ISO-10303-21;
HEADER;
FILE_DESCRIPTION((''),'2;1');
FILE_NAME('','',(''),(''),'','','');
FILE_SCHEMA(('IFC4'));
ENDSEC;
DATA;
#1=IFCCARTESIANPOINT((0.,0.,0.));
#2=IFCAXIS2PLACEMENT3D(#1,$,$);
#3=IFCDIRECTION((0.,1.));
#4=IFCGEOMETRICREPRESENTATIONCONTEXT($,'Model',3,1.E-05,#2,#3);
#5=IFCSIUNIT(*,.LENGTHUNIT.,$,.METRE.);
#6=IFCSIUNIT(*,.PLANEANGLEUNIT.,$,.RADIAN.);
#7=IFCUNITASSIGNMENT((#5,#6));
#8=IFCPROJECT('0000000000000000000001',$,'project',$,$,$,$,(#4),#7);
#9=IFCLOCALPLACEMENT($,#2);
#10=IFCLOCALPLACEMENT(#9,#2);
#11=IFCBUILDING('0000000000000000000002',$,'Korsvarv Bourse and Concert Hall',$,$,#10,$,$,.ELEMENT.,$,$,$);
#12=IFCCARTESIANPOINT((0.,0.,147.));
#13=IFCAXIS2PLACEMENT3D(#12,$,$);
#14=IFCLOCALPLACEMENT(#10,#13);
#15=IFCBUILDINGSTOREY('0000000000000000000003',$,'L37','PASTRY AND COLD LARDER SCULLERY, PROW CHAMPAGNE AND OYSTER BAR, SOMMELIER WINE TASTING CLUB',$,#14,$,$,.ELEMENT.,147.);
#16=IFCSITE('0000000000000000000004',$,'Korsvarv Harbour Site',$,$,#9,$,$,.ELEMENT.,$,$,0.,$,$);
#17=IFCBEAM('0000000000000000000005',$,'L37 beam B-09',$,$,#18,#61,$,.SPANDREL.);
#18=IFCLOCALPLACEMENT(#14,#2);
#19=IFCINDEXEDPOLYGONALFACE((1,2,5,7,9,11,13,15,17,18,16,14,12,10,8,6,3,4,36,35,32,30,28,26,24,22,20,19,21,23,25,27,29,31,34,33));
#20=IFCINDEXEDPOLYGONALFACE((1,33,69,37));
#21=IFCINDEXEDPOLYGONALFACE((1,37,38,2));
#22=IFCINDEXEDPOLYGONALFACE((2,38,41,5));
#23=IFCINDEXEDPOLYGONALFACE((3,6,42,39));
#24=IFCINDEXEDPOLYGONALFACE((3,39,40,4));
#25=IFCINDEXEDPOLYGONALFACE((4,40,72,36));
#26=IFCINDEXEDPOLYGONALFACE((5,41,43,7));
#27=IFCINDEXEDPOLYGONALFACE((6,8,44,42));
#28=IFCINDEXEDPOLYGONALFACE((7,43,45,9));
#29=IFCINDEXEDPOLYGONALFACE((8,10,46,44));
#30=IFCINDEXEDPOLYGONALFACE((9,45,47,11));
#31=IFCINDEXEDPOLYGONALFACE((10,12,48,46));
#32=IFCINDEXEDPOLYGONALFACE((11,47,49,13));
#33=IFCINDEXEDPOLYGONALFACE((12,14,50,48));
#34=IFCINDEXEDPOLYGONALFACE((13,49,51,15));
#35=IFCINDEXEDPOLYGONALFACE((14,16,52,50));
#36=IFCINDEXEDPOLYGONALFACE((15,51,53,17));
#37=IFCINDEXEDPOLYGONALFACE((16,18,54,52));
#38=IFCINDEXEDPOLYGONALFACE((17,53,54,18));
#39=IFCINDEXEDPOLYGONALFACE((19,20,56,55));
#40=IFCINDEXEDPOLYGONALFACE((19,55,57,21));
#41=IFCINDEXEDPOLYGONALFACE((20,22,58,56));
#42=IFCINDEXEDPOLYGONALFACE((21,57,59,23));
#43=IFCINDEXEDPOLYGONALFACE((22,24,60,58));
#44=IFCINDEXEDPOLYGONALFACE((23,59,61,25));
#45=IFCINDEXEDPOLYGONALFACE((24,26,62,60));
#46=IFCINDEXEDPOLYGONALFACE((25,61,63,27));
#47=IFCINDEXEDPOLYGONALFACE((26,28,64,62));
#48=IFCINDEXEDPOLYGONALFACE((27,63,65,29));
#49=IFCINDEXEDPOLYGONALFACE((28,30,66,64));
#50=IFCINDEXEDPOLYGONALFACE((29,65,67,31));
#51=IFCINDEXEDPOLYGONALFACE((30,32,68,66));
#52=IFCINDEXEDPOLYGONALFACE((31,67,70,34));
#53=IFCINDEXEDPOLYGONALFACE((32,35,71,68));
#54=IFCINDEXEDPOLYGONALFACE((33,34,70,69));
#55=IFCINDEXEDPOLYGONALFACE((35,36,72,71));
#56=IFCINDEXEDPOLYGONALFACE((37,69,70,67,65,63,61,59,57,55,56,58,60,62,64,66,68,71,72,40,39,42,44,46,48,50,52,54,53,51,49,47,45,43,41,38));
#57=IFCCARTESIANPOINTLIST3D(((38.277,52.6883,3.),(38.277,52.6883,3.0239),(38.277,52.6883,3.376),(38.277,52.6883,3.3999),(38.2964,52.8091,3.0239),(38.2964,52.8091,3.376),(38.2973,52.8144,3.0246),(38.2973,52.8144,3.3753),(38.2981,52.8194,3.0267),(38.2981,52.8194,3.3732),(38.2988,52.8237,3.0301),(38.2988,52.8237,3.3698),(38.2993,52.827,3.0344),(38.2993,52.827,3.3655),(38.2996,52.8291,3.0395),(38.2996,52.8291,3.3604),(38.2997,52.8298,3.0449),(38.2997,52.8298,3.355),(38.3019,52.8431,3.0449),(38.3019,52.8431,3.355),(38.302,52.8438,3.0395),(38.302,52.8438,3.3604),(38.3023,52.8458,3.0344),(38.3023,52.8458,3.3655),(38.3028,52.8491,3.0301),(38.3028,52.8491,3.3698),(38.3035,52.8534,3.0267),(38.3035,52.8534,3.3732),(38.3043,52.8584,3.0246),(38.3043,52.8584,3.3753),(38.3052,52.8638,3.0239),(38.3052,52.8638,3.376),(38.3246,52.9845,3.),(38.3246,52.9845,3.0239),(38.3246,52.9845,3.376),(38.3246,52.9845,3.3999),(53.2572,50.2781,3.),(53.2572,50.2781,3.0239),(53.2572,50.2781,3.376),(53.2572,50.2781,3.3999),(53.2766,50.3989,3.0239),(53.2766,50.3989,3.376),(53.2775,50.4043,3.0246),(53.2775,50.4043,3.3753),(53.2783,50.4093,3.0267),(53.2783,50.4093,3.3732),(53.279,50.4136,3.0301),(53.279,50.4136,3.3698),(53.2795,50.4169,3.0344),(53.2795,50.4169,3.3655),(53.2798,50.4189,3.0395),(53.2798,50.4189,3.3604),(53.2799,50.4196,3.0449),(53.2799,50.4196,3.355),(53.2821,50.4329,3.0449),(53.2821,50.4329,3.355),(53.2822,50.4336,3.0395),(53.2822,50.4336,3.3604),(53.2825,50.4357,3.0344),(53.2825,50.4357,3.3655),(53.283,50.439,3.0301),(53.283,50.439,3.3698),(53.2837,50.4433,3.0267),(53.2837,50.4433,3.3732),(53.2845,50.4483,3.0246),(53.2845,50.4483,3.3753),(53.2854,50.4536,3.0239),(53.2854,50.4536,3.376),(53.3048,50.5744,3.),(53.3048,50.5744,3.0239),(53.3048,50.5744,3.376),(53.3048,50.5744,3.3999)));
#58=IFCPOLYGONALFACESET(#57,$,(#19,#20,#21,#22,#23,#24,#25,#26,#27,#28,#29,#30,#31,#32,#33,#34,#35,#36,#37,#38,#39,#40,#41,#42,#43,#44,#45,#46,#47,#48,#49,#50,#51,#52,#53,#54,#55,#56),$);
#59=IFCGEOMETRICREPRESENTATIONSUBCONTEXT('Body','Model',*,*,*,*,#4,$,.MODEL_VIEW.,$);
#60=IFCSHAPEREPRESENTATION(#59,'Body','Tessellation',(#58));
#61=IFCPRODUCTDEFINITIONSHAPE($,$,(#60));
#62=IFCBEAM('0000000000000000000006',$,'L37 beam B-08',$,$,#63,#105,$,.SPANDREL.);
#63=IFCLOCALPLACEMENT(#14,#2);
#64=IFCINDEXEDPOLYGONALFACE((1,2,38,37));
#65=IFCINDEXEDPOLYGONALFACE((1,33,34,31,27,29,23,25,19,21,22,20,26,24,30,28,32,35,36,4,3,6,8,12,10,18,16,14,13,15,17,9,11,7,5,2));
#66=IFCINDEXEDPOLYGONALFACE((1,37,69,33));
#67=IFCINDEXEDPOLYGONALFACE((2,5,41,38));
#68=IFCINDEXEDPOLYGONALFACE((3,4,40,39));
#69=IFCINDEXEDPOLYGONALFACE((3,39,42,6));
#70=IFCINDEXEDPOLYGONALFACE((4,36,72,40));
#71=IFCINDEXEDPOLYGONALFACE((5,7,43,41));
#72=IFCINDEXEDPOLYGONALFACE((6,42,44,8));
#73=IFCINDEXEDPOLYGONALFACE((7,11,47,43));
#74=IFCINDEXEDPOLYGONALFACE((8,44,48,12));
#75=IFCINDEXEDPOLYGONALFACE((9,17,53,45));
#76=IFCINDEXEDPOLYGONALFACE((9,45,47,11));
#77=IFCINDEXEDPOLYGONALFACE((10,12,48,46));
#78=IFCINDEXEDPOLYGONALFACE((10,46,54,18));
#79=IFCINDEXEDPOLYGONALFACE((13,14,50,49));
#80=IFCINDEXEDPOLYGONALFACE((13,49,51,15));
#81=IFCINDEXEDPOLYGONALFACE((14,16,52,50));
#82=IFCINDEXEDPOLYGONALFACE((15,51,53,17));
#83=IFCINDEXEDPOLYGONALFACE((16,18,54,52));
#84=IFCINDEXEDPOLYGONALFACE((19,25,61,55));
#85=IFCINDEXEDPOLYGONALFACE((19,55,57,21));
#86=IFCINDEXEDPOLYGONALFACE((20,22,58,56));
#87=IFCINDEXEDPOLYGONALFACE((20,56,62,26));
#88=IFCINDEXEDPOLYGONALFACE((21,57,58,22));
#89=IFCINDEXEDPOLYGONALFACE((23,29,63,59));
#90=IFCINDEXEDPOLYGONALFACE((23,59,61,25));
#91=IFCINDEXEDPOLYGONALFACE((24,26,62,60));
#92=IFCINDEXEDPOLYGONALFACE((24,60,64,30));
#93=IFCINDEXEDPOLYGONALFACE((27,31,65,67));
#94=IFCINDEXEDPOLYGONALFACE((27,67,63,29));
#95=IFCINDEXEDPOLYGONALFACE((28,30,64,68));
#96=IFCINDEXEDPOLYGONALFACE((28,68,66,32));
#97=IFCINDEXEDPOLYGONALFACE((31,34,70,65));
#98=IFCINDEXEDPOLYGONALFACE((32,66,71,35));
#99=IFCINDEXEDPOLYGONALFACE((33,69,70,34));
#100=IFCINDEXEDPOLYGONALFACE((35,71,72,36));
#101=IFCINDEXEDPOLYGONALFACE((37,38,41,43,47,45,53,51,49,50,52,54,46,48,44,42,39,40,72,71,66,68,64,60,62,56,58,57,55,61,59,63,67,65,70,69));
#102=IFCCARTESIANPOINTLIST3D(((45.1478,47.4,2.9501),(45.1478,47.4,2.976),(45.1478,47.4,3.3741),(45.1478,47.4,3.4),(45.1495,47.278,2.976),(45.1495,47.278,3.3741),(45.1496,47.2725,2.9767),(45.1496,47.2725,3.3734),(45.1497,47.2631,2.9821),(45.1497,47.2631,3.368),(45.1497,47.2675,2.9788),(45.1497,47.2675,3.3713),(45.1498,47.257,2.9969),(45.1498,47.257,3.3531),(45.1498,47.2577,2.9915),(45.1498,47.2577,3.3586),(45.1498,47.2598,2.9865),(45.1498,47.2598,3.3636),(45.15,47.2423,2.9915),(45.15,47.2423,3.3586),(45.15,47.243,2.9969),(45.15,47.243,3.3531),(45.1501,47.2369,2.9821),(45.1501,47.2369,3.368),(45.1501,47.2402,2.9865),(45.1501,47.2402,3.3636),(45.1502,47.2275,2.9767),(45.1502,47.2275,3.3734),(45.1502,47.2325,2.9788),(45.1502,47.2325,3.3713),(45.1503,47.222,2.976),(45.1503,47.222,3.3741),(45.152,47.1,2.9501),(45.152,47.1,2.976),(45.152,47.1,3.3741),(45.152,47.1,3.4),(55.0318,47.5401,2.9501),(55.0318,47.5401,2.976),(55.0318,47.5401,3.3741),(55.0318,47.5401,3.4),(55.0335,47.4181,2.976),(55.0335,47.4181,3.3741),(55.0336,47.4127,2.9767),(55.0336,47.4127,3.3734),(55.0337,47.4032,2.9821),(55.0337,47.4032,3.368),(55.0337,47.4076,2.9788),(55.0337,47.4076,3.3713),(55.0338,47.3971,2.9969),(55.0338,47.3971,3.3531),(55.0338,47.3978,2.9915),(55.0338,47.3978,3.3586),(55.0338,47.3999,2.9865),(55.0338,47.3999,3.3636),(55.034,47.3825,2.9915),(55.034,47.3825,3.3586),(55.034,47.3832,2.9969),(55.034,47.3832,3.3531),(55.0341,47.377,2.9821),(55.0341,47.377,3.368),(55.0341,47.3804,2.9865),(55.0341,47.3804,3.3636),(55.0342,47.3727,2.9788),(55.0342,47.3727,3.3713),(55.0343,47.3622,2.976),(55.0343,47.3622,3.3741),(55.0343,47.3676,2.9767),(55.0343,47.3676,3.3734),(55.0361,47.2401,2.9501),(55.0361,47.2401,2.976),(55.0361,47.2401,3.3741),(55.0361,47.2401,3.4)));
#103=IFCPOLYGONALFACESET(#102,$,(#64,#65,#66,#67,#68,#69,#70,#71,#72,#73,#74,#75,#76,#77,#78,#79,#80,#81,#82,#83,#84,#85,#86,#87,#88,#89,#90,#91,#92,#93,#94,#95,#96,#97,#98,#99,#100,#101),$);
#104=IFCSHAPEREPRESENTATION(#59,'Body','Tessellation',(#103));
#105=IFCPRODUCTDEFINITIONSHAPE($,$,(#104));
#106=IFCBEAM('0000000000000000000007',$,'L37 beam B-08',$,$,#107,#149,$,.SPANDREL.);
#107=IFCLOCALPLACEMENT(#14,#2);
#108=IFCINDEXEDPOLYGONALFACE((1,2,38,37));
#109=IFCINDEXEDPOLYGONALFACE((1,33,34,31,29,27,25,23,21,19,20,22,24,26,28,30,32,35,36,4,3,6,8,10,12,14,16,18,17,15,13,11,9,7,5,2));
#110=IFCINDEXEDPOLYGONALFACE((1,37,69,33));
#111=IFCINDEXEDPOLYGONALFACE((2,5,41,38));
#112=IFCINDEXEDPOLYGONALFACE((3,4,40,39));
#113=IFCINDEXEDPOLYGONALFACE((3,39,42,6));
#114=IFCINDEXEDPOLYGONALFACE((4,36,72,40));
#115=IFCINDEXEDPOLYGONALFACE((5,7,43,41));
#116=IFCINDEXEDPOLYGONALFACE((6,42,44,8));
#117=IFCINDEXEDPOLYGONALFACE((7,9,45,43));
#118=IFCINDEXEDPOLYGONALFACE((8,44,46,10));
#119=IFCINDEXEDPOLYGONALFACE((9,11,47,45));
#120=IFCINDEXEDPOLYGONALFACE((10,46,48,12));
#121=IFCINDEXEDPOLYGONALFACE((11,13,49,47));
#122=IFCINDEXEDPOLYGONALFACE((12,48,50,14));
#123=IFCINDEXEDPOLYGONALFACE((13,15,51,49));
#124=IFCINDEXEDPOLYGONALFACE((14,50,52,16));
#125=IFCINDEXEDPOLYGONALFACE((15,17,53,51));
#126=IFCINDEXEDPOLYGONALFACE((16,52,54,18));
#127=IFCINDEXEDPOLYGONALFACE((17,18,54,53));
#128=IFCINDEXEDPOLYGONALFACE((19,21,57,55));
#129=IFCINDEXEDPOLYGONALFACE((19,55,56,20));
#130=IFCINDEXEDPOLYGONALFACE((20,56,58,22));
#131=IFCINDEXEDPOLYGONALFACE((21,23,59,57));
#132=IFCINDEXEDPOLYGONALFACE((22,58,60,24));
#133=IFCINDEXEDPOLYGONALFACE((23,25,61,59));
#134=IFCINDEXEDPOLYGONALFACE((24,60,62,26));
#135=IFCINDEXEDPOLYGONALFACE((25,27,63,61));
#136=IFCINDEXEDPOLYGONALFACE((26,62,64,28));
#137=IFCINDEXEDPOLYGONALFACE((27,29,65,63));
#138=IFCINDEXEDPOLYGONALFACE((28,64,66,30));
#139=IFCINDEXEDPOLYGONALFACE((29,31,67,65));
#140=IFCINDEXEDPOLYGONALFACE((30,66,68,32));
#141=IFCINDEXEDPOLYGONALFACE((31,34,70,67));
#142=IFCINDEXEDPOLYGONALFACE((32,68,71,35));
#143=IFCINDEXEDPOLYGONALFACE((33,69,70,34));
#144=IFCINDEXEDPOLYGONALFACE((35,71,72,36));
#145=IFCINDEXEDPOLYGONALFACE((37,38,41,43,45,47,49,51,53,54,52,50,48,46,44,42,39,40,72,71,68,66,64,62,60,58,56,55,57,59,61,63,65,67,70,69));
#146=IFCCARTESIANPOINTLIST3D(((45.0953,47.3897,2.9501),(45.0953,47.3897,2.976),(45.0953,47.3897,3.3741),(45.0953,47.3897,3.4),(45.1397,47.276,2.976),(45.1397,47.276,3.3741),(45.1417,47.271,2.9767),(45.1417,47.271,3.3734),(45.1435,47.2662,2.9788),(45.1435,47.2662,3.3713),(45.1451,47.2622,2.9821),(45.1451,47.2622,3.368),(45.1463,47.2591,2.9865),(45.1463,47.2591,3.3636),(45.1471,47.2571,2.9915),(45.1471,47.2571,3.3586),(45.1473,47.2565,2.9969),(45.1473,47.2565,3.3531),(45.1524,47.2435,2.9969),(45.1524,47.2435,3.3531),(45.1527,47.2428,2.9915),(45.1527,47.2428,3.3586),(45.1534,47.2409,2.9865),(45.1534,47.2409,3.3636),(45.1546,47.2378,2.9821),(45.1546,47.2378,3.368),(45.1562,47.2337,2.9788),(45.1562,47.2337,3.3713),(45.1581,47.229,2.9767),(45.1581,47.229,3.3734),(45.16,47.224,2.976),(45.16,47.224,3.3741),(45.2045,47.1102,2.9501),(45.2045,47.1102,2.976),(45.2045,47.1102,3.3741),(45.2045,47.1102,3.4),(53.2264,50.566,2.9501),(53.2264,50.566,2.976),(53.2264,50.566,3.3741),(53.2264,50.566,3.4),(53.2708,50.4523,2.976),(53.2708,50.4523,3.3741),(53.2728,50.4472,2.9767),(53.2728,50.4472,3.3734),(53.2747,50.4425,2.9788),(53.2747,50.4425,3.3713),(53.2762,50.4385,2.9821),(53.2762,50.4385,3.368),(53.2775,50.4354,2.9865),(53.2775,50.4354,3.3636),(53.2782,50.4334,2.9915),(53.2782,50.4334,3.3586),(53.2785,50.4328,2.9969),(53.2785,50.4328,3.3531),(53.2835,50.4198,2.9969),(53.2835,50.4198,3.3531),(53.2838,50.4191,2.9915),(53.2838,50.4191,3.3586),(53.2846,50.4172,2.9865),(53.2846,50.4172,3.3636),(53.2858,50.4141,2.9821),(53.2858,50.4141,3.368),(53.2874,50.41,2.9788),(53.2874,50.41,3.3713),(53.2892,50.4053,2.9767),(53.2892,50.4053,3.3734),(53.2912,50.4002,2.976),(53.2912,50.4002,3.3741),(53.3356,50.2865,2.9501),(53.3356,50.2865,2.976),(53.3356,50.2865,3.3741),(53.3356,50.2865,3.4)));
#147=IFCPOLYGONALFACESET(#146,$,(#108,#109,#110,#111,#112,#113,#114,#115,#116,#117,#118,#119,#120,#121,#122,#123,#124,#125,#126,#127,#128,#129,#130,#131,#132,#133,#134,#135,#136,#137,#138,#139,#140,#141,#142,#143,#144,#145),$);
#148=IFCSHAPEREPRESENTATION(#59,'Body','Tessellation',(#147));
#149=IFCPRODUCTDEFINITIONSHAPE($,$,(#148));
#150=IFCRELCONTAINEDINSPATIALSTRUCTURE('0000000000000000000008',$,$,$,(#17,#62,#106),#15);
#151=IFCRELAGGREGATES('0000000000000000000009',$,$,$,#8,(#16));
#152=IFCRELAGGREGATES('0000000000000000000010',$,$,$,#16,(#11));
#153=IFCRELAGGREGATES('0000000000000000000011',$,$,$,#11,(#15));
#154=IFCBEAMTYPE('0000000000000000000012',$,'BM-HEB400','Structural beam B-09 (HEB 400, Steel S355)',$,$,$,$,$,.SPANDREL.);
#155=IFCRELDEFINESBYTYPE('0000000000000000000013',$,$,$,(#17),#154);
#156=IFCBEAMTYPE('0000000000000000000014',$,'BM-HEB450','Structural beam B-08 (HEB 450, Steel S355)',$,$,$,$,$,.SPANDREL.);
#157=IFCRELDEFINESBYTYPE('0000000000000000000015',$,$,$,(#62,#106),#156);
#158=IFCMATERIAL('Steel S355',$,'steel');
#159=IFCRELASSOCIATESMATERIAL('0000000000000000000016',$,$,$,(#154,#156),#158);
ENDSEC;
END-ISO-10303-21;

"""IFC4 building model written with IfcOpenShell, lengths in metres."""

from ifc_helpers import new_model, si_unit, direction, frame, origin, origin_2d, place, context, subcontext, project, spatial, i_section, extrude, source, transform, mapped, material, material_profile, profile_set, type_object, element, save


model = new_model("IFC4")

# Units and contexts
model_context = context("Model", 3, precision=1e-05, world=origin(), true_north=direction((0.0, 1.0)))
body_context = subcontext(model_context, "Body", "Model", "MODEL_VIEW")
ifc_project = project(units=[si_unit("LENGTHUNIT", "METRE"), si_unit("PLANEANGLEUNIT", "RADIAN")], contexts=[model_context])

# Site, building, storey
site_placement = place(None, origin())
site = spatial("IfcSite", under=ifc_project, at=site_placement, Name="Korsvarv Harbour Site", CompositionType="ELEMENT", RefElevation=0.0)
building_placement = place(site_placement, origin())
building = spatial("IfcBuilding", under=site, at=building_placement, Name="Korsvarv Bourse and Concert Hall", CompositionType="ELEMENT")
storey_placement = place(building_placement, frame((0.0, 0.0, 147.0)))
storey = spatial("IfcBuildingStorey", under=building, at=storey_placement, Name="L37", Description="PASTRY AND COLD LARDER SCULLERY, PROW CHAMPAGNE AND OYSTER BAR, SOMMELIER WINE TASTING CLUB", CompositionType="ELEMENT", Elevation=147.0)

# Shared definitions
ifc_material_1 = material(Name="Steel S355", Category="steel")

# Beams
ifc_material_profile_1 = material_profile(ifc_material_1, i_section(OverallWidth=0.3, OverallDepth=0.3999, WebThickness=0.0134, FlangeThickness=0.0239, FilletRadius=0.021, at=origin_2d()), Name="HEB 400")
ifc_profile_set_1 = profile_set([ifc_material_profile_1], Name="Steel S355")
beam_type_1 = type_object("IfcBeamType", Name="BM-HEB400", Description="Structural beam B-09 (HEB 400, Steel S355)", PredefinedType="SPANDREL", material=ifc_profile_set_1)
shared_shape_1 = source(origin(), body_context, "Body", "SweptSolid", [
    extrude(i_section(OverallWidth=0.3, OverallDepth=0.3999, WebThickness=0.0134, FlangeThickness=0.0239, FilletRadius=0.021, at=origin_2d()), origin(), (0.0, 0.0, 1.0), 15.1729),
])
beam_1_placement = place(storey_placement, frame((53.281, 50.4263, 3.2), z_axis=(-0.987303, 0.158846, 0.0), x_axis=(-0.158846, -0.987303, 0.0)))
element("IfcBeam", 1, at=beam_1_placement, inside=storey, type_object=beam_type_1, Name="L37 beam B-09", PredefinedType="SPANDREL", context=body_context, shape_type="MappedRepresentation", body=[
    mapped(shared_shape_1, transform((0.0, 0.0, 0.0), scale=1.0)),
])
ifc_material_profile_2 = material_profile(ifc_material_1, i_section(OverallWidth=0.3, OverallDepth=0.45, WebThickness=0.0139, FlangeThickness=0.0259, FilletRadius=0.021, at=origin_2d()), Name="HEB 450")
ifc_profile_set_2 = profile_set([ifc_material_profile_2], Name="Steel S355")
beam_type_2 = type_object("IfcBeamType", Name="BM-HEB450", Description="Structural beam B-08 (HEB 450, Steel S355)", PredefinedType="SPANDREL", material=ifc_profile_set_2)
shared_shape_2 = source(origin(), body_context, "Body", "SweptSolid", [
    extrude(i_section(OverallWidth=0.3, OverallDepth=0.45, WebThickness=0.0139, FlangeThickness=0.0259, FilletRadius=0.021, at=origin_2d()), origin(), (0.0, 0.0, 1.0), 9.885),
])
beam_2_placement = place(storey_placement, frame((55.0339, 47.3901, 3.175), z_axis=(-0.9999, -0.014177, 0.0), x_axis=(0.014177, -0.9999, 0.0)))
element("IfcBeam", 2, at=beam_2_placement, inside=storey, type_object=beam_type_2, Name="L37 beam B-08", PredefinedType="SPANDREL", context=body_context, shape_type="MappedRepresentation", body=[
    mapped(shared_shape_2, transform((0.0, 0.0, 0.0), scale=1.0)),
])
shared_shape_3 = source(origin(), body_context, "Body", "SweptSolid", [
    extrude(i_section(OverallWidth=0.3, OverallDepth=0.45, WebThickness=0.0139, FlangeThickness=0.0259, FilletRadius=0.021, at=origin_2d()), origin(), (0.0, 0.0, 1.0), 8.7295),
])
beam_3_placement = place(storey_placement, frame((53.281, 50.4263, 3.175), z_axis=(-0.931455, -0.363856, 0.0), x_axis=(0.363856, -0.931455, 0.0)))
element("IfcBeam", 3, at=beam_3_placement, inside=storey, type_object=beam_type_2, Name="L37 beam B-08", PredefinedType="SPANDREL", context=body_context, shape_type="MappedRepresentation", body=[
    mapped(shared_shape_3, transform((0.0, 0.0, 0.0), scale=1.0)),
])

save(model, "model.ifc")
